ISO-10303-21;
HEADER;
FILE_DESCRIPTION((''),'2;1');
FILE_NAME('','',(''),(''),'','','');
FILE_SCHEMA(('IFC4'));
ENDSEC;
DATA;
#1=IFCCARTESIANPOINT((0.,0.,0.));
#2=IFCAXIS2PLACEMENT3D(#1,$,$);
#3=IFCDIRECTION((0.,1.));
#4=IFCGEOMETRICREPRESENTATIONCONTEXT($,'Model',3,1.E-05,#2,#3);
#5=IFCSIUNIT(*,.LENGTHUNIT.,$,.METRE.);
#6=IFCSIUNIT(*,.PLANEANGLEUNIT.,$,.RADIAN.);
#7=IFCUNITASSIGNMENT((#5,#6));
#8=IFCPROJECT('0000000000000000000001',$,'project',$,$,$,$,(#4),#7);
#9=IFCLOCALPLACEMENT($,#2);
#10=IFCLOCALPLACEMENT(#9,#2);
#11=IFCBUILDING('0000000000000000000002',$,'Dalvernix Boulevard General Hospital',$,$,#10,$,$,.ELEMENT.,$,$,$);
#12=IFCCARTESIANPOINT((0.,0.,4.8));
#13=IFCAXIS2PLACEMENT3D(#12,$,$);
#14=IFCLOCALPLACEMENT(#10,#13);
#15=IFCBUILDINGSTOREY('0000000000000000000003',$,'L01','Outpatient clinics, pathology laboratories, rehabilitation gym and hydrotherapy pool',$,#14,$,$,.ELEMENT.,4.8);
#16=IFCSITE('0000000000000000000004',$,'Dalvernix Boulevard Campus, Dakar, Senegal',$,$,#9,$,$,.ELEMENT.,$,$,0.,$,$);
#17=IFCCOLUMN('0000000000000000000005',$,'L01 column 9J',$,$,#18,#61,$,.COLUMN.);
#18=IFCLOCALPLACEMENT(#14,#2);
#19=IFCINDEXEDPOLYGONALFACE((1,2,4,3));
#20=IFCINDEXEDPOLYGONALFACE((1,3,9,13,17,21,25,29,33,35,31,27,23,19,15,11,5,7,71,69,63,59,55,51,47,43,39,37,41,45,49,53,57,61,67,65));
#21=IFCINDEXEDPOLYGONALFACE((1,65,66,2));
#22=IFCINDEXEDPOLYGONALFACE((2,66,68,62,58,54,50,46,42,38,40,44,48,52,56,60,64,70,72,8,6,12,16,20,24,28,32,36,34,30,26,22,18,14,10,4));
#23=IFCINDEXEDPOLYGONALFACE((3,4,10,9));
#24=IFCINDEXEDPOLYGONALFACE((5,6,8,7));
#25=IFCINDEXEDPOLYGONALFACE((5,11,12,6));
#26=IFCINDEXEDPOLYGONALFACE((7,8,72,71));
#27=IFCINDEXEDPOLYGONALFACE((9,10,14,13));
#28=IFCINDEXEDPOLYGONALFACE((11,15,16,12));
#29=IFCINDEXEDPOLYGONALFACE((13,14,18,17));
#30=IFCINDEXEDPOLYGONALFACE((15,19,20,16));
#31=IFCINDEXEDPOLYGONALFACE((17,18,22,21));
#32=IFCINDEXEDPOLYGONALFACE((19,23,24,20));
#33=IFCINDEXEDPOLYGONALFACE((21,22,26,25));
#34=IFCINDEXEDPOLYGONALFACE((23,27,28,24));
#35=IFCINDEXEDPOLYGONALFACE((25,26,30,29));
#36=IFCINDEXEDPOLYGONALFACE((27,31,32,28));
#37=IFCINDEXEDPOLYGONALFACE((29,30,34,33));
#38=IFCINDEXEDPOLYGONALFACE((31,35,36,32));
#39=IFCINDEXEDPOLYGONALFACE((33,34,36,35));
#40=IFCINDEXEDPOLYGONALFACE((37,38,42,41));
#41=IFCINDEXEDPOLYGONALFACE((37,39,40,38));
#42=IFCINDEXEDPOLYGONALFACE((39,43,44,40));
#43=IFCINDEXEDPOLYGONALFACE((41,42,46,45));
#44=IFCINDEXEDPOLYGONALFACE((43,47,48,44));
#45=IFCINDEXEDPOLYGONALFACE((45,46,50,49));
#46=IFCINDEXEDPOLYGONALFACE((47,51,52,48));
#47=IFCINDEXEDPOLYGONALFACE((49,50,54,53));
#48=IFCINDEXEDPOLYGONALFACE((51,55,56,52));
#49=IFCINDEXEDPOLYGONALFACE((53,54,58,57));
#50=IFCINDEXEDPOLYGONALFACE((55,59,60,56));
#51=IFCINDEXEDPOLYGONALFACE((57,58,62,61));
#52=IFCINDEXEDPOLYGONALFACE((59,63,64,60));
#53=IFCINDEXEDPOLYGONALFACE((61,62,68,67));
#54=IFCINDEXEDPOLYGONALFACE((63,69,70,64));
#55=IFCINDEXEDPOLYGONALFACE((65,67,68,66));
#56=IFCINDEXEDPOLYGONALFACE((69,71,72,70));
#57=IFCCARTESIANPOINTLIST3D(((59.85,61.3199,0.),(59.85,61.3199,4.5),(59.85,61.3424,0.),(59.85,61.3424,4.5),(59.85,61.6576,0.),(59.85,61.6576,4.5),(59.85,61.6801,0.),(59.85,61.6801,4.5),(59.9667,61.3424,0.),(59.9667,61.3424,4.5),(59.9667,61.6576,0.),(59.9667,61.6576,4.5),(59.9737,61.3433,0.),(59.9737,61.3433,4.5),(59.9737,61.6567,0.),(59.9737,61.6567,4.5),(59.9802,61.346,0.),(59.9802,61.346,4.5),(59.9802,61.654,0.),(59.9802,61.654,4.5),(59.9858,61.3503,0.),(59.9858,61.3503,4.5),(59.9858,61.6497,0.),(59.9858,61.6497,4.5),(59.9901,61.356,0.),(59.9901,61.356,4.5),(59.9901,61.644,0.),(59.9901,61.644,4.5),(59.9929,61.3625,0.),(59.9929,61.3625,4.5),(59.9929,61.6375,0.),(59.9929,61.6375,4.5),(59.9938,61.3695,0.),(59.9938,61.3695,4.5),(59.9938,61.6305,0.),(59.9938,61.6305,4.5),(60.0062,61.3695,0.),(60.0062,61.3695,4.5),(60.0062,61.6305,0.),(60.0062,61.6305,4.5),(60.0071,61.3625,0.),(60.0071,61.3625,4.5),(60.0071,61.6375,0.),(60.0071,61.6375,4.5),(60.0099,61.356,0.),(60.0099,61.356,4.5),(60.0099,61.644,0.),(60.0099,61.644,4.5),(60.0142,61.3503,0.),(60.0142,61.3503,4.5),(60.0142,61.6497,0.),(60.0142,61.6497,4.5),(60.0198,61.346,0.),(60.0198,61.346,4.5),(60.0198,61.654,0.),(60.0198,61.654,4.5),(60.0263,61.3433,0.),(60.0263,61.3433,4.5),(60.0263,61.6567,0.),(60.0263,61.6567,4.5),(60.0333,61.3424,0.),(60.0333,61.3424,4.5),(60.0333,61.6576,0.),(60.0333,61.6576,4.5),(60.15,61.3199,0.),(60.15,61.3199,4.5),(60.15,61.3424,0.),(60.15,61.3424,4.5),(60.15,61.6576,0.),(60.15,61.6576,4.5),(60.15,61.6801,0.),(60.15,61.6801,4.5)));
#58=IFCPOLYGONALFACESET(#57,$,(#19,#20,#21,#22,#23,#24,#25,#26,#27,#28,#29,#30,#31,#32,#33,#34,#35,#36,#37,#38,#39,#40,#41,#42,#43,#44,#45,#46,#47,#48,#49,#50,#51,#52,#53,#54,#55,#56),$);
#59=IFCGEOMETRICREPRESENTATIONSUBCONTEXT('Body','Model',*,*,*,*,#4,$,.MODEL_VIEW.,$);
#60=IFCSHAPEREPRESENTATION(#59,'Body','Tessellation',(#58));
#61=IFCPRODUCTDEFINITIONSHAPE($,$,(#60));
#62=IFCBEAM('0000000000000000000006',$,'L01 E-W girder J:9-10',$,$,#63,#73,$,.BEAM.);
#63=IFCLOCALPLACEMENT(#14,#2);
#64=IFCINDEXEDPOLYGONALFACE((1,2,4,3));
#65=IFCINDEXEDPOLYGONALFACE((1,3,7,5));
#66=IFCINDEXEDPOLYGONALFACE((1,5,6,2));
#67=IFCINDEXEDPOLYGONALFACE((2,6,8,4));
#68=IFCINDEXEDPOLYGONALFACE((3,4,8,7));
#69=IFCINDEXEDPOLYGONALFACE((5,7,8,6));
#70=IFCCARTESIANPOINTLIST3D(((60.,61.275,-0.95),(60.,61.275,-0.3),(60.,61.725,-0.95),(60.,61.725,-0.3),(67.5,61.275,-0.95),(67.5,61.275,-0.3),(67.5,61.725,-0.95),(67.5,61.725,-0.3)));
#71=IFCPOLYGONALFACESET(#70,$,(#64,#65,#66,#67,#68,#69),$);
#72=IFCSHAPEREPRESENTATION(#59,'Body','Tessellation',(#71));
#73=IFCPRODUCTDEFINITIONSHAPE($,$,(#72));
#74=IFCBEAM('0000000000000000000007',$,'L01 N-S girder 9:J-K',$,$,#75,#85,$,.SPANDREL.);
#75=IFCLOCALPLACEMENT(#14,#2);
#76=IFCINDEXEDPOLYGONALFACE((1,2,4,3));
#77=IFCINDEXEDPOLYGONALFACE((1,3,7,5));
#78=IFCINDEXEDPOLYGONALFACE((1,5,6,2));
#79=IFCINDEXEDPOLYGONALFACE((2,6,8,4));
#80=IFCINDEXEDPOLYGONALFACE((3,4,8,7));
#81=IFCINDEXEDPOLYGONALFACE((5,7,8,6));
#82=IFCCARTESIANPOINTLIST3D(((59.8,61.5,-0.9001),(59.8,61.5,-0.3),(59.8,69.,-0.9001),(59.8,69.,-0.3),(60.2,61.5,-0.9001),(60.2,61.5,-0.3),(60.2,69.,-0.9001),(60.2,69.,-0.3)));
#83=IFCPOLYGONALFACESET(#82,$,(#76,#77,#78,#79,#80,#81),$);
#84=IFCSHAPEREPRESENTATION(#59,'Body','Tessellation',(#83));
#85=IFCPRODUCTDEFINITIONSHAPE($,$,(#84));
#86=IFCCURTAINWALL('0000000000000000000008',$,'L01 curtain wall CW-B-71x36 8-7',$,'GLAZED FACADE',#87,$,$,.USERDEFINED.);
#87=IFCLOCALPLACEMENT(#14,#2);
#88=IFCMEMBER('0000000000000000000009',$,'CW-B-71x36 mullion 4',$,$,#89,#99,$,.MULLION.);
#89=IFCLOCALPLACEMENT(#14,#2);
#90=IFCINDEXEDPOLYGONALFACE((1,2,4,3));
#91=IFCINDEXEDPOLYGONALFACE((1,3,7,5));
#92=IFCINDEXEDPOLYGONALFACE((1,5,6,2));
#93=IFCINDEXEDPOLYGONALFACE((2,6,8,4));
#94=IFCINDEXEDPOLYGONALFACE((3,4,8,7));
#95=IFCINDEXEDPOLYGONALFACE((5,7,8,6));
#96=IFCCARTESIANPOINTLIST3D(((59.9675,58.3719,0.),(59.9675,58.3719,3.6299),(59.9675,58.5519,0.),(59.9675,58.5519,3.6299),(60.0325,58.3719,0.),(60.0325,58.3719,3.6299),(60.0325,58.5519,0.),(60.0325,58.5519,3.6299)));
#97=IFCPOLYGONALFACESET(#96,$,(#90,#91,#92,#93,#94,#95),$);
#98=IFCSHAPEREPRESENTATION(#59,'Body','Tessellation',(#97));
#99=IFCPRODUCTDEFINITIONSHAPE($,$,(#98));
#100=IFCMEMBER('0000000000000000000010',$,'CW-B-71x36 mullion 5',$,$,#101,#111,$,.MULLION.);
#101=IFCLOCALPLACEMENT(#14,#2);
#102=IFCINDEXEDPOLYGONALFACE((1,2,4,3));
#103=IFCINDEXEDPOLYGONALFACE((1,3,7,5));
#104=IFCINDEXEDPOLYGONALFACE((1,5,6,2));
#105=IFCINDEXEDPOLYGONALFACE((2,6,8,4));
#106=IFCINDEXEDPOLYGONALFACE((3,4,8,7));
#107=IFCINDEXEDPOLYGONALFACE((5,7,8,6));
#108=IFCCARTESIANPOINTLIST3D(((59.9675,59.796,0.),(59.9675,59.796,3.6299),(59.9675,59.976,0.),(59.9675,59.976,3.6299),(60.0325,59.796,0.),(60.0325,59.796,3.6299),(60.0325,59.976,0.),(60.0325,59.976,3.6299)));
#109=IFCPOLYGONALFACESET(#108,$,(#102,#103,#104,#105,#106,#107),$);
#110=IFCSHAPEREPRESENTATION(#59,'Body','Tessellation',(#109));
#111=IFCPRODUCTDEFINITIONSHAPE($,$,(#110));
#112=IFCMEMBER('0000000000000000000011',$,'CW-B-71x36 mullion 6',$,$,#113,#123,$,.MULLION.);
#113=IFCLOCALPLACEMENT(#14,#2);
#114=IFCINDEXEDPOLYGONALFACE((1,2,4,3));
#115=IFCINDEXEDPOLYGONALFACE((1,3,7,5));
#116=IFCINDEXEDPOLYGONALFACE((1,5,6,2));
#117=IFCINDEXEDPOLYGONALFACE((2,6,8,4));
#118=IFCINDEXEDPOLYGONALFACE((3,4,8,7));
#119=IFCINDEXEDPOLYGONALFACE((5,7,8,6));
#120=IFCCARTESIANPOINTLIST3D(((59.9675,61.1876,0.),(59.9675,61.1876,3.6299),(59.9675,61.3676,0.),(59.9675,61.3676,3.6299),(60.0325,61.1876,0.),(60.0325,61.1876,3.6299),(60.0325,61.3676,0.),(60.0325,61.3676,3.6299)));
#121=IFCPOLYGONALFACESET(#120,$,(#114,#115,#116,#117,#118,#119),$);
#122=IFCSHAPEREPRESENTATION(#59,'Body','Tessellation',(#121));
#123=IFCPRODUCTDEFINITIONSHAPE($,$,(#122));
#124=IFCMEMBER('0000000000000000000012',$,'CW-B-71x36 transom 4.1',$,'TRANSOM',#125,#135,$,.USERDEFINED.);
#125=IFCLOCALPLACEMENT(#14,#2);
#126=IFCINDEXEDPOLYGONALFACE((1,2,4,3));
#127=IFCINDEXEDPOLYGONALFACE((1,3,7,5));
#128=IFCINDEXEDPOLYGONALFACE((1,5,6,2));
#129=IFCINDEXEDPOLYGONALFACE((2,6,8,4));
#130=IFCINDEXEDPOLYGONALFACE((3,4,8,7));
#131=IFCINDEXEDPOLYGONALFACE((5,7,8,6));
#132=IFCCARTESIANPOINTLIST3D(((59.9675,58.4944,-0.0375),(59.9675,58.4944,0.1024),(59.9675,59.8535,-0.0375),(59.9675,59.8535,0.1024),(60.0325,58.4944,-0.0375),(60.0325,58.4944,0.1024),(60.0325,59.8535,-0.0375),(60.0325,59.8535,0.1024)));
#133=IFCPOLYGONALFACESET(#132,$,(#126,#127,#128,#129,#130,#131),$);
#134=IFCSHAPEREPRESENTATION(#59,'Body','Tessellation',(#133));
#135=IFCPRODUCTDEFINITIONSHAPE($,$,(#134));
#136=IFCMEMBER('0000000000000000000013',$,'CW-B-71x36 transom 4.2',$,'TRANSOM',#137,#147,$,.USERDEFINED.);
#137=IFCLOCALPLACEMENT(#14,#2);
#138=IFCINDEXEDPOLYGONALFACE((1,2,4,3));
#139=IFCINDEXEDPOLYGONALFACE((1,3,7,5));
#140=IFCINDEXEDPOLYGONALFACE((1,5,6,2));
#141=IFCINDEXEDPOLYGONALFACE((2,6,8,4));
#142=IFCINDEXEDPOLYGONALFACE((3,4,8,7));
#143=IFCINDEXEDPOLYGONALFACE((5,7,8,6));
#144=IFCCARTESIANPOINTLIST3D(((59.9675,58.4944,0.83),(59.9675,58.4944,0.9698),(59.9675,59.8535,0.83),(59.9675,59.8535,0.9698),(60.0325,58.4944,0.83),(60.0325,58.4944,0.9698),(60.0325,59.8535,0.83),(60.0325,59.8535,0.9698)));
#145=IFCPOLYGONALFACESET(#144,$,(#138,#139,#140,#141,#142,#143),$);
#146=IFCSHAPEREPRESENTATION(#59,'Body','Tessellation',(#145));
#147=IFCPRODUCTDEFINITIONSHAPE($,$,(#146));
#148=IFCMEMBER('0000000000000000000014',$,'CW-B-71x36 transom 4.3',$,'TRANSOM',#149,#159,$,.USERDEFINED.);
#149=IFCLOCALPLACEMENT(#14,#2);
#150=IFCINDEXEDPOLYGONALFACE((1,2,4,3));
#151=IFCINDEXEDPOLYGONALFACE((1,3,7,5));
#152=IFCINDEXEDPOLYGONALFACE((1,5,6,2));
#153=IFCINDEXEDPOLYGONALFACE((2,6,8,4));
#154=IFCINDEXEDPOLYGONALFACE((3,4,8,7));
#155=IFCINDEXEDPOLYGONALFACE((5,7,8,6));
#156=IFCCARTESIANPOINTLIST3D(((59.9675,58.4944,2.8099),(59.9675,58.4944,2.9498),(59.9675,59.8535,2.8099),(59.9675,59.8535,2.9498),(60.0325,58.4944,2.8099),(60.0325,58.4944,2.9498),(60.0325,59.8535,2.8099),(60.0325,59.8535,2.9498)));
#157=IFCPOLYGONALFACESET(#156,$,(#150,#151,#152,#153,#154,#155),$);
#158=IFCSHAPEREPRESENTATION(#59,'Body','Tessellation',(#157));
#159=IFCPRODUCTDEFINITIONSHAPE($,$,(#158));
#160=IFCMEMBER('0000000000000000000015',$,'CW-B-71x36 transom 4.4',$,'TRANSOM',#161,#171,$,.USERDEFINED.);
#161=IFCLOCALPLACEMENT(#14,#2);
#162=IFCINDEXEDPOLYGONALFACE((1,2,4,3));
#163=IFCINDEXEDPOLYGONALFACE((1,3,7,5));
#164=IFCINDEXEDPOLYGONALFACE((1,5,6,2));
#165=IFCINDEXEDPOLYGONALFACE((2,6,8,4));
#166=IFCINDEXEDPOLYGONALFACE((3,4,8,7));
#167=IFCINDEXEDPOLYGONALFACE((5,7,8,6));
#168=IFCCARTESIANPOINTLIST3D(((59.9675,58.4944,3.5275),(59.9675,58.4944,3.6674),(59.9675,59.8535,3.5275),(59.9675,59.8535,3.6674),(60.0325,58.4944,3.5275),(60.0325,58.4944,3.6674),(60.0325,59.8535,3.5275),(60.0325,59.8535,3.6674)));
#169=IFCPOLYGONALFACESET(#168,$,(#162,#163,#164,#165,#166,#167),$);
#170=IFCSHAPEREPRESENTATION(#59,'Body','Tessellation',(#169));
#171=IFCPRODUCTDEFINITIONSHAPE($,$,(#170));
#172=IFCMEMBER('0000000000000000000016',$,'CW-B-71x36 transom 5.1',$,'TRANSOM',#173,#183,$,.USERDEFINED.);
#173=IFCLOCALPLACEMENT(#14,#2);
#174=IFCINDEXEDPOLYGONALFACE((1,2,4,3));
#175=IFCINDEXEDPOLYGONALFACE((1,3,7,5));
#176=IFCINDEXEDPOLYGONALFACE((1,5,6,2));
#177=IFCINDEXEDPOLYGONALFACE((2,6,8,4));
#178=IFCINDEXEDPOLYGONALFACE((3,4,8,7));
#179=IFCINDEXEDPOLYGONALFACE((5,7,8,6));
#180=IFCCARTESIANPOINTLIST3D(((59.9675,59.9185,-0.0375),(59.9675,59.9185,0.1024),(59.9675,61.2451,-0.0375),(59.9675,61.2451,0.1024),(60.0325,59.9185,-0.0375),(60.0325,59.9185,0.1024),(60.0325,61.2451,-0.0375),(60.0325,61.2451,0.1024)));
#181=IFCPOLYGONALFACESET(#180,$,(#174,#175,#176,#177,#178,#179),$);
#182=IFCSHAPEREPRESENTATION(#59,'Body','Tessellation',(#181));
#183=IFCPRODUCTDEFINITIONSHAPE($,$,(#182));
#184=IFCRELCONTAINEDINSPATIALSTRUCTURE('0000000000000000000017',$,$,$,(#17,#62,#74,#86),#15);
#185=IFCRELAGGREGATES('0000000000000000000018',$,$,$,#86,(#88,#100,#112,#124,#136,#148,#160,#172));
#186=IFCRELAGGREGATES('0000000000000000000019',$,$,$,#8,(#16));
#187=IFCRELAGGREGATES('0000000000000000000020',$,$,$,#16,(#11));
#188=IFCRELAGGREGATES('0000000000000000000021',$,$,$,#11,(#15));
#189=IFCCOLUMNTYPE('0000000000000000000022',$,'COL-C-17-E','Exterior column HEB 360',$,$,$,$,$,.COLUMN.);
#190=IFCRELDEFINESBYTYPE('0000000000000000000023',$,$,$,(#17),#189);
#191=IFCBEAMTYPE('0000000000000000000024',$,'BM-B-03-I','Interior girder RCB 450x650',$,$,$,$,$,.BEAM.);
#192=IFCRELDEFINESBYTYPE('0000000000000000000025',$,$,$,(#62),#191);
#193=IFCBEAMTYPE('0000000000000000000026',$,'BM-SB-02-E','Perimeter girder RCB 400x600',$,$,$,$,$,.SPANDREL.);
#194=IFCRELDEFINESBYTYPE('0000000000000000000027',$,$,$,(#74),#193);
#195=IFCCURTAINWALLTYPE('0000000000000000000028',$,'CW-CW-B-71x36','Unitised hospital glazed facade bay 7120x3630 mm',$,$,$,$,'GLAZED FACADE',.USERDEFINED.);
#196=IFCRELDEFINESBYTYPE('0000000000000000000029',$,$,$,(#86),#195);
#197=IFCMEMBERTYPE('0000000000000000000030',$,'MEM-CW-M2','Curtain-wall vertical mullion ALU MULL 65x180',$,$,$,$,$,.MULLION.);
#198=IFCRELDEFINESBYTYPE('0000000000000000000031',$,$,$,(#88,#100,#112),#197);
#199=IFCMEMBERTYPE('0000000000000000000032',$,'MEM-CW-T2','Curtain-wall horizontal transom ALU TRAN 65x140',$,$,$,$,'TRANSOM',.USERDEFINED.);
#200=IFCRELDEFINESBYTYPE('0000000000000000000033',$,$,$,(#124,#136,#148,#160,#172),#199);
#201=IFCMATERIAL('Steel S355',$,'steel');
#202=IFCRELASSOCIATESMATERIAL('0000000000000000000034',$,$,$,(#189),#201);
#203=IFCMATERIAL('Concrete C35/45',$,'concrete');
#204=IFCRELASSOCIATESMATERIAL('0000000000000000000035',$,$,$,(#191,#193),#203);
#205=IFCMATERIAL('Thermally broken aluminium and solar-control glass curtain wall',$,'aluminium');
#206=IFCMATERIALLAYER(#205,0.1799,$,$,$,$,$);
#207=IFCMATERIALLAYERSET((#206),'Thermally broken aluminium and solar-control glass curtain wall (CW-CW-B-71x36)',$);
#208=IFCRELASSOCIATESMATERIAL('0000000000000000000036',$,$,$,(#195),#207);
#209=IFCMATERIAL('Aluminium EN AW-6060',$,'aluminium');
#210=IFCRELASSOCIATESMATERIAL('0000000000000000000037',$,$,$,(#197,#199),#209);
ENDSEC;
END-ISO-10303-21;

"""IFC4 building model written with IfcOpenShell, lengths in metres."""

from ifc_helpers import new_model, si_unit, direction, frame, origin, origin_2d, place, context, subcontext, project, spatial, rectangle, i_section, extrude, material, layer, layer_set, material_profile, profile_set, type_object, element, aggregate, save


model = new_model("IFC4")

# Units and contexts
model_context = context("Model", 3, precision=1e-05, world=origin(), true_north=direction((0.0, 1.0)))
body_context = subcontext(model_context, "Body", "Model", "MODEL_VIEW")
ifc_project = project(units=[si_unit("LENGTHUNIT", "METRE"), si_unit("PLANEANGLEUNIT", "RADIAN")], contexts=[model_context])

# Site, building, storey
site_placement = place(None, origin())
site = spatial("IfcSite", under=ifc_project, at=site_placement, Name="Dalvernix Boulevard Campus, Dakar, Senegal", CompositionType="ELEMENT", RefElevation=0.0)
building_placement = place(site_placement, origin())
building = spatial("IfcBuilding", under=site, at=building_placement, Name="Dalvernix Boulevard General Hospital", CompositionType="ELEMENT")
storey_placement = place(building_placement, frame((0.0, 0.0, 4.8)))
storey = spatial("IfcBuildingStorey", under=building, at=storey_placement, Name="L01", Description="Outpatient clinics, pathology laboratories, rehabilitation gym and hydrotherapy pool", CompositionType="ELEMENT", Elevation=4.8)

# Column
ifc_material_1 = material(Name="Steel S355", Category="steel")
ifc_material_profile_1 = material_profile(ifc_material_1, i_section(OverallWidth=0.3, OverallDepth=0.3601, WebThickness=0.0125, FlangeThickness=0.0225, FilletRadius=0.0271, at=origin_2d()), Name="HEB 360")
ifc_profile_set_1 = profile_set([ifc_material_profile_1], Name="Steel S355")
column_type = type_object("IfcColumnType", Name="COL-C-17-E", Description="Exterior column HEB 360", PredefinedType="COLUMN", material=ifc_profile_set_1)
column_placement = place(storey_placement, frame((60.0, 61.5, 0.0), z_axis=(0.0, 0.0, 1.0), x_axis=(1.0, 0.0, 0.0)))
element("IfcColumn", 1, at=column_placement, inside=storey, type_object=column_type, Name="L01 column 9J", PredefinedType="COLUMN", context=body_context, shape_type="SweptSolid", body=[
    extrude(i_section(OverallWidth=0.3, OverallDepth=0.3601, WebThickness=0.0125, FlangeThickness=0.0225, FilletRadius=0.0271, at=origin_2d()), origin(), (0.0, 0.0, 1.0), 4.5),
])

# Beams
ifc_material_2 = material(Name="Concrete C35/45", Category="concrete")
ifc_material_profile_2 = material_profile(ifc_material_2, rectangle(XDim=0.45, YDim=0.6499, at=origin_2d()), Name="RCB 450x650")
ifc_profile_set_2 = profile_set([ifc_material_profile_2], Name="Concrete C35/45")
beam_type_1 = type_object("IfcBeamType", Name="BM-B-03-I", Description="Interior girder RCB 450x650", PredefinedType="BEAM", material=ifc_profile_set_2)
beam_1_placement = place(storey_placement, frame((60.0, 61.5, -0.625), z_axis=(1.0, 0.0, 0.0), x_axis=(0.0, 1.0, 0.0)))
element("IfcBeam", 2, at=beam_1_placement, inside=storey, type_object=beam_type_1, Name="L01 E-W girder J:9-10", PredefinedType="BEAM", context=body_context, shape_type="SweptSolid", body=[
    extrude(rectangle(XDim=0.45, YDim=0.6499, at=origin_2d()), origin(), (0.0, 0.0, 1.0), 7.5),
])
ifc_material_profile_3 = material_profile(ifc_material_2, rectangle(XDim=0.3999, YDim=0.6001, at=origin_2d()), Name="RCB 400x600")
ifc_profile_set_3 = profile_set([ifc_material_profile_3], Name="Concrete C35/45")
beam_type_2 = type_object("IfcBeamType", Name="BM-SB-02-E", Description="Perimeter girder RCB 400x600", PredefinedType="SPANDREL", material=ifc_profile_set_3)
beam_2_placement = place(storey_placement, frame((60.0, 61.5, -0.6001), z_axis=(0.0, 1.0, 0.0), x_axis=(-1.0, 0.0, 0.0)))
element("IfcBeam", 3, at=beam_2_placement, inside=storey, type_object=beam_type_2, Name="L01 N-S girder 9:J-K", PredefinedType="SPANDREL", context=body_context, shape_type="SweptSolid", body=[
    extrude(rectangle(XDim=0.3999, YDim=0.6001, at=origin_2d()), origin(), (0.0, 0.0, 1.0), 7.5),
])

# Curtain wall, members
ifc_material_3 = material(Name="Thermally broken aluminium and solar-control glass curtain wall", Category="aluminium")
ifc_layer_1 = layer(ifc_material_3, 0.1799)
ifc_layer_set_1 = layer_set([ifc_layer_1], Name="Thermally broken aluminium and solar-control glass curtain wall (CW-CW-B-71x36)")
curtain_wall_type = type_object("IfcCurtainWallType", Name="CW-CW-B-71x36", Description="Unitised hospital glazed facade bay 7120x3630 mm", ElementType="GLAZED FACADE", PredefinedType="USERDEFINED", material=ifc_layer_set_1)
curtain_wall_placement = place(storey_placement, origin())
curtain_wall = element("IfcCurtainWall", 4, at=curtain_wall_placement, inside=storey, type_object=curtain_wall_type, Name="L01 curtain wall CW-B-71x36 8-7", ObjectType="GLAZED FACADE", PredefinedType="USERDEFINED")
ifc_material_4 = material(Name="Aluminium EN AW-6060", Category="aluminium")
ifc_material_profile_4 = material_profile(ifc_material_4, rectangle(XDim=0.0649, YDim=0.1799, at=origin_2d()), Name="ALU MULL 65x180")
ifc_profile_set_4 = profile_set([ifc_material_profile_4], Name="Aluminium EN AW-6060")
member_type_1 = type_object("IfcMemberType", Name="MEM-CW-M2", Description="Curtain-wall vertical mullion ALU MULL 65x180", PredefinedType="MULLION", material=ifc_profile_set_4)
member_1_placement = place(storey_placement, frame((60.0, 58.4619, 0.0), z_axis=(0.0, 0.0, 1.0), x_axis=(-1.0, 0.0, 0.0)))
member_1 = element("IfcMember", 5, at=member_1_placement, type_object=member_type_1, Name="CW-B-71x36 mullion 4", PredefinedType="MULLION", context=body_context, shape_type="SweptSolid", body=[
    extrude(rectangle(XDim=0.0649, YDim=0.1799, at=origin_2d()), origin(), (0.0, 0.0, 1.0), 3.6299),
])
member_2_placement = place(storey_placement, frame((60.0, 59.886, 0.0), z_axis=(0.0, 0.0, 1.0), x_axis=(-1.0, 0.0, 0.0)))
member_2 = element("IfcMember", 6, at=member_2_placement, type_object=member_type_1, Name="CW-B-71x36 mullion 5", PredefinedType="MULLION", context=body_context, shape_type="SweptSolid", body=[
    extrude(rectangle(XDim=0.0649, YDim=0.1799, at=origin_2d()), origin(), (0.0, 0.0, 1.0), 3.6299),
])
member_3_placement = place(storey_placement, frame((60.0, 61.2776, 0.0), z_axis=(0.0, 0.0, 1.0), x_axis=(-1.0, 0.0, 0.0)))
member_3 = element("IfcMember", 7, at=member_3_placement, type_object=member_type_1, Name="CW-B-71x36 mullion 6", PredefinedType="MULLION", context=body_context, shape_type="SweptSolid", body=[
    extrude(rectangle(XDim=0.0649, YDim=0.1799, at=origin_2d()), origin(), (0.0, 0.0, 1.0), 3.6299),
])
ifc_material_profile_5 = material_profile(ifc_material_4, rectangle(XDim=0.0649, YDim=0.1399, at=origin_2d()), Name="ALU TRAN 65x140")
ifc_profile_set_5 = profile_set([ifc_material_profile_5], Name="Aluminium EN AW-6060")
member_type_2 = type_object("IfcMemberType", Name="MEM-CW-T2", Description="Curtain-wall horizontal transom ALU TRAN 65x140", ElementType="TRANSOM", PredefinedType="USERDEFINED", material=ifc_profile_set_5)
member_4_placement = place(storey_placement, frame((60.0, 58.4944, 0.0325), z_axis=(0.0, 1.0, 0.0), x_axis=(-1.0, 0.0, 0.0)))
member_4 = element("IfcMember", 8, at=member_4_placement, type_object=member_type_2, Name="CW-B-71x36 transom 4.1", ObjectType="TRANSOM", PredefinedType="USERDEFINED", context=body_context, shape_type="SweptSolid", body=[
    extrude(rectangle(XDim=0.0649, YDim=0.1399, at=origin_2d()), origin(), (0.0, 0.0, 1.0), 1.3591),
])
member_5_placement = place(storey_placement, frame((60.0, 58.4944, 0.8999), z_axis=(0.0, 1.0, 0.0), x_axis=(-1.0, 0.0, 0.0)))
member_5 = element("IfcMember", 9, at=member_5_placement, type_object=member_type_2, Name="CW-B-71x36 transom 4.2", ObjectType="TRANSOM", PredefinedType="USERDEFINED", context=body_context, shape_type="SweptSolid", body=[
    extrude(rectangle(XDim=0.0649, YDim=0.1399, at=origin_2d()), origin(), (0.0, 0.0, 1.0), 1.3591),
])
member_6_placement = place(storey_placement, frame((60.0, 58.4944, 2.8799), z_axis=(0.0, 1.0, 0.0), x_axis=(-1.0, 0.0, 0.0)))
member_6 = element("IfcMember", 10, at=member_6_placement, type_object=member_type_2, Name="CW-B-71x36 transom 4.3", ObjectType="TRANSOM", PredefinedType="USERDEFINED", context=body_context, shape_type="SweptSolid", body=[
    extrude(rectangle(XDim=0.0649, YDim=0.1399, at=origin_2d()), origin(), (0.0, 0.0, 1.0), 1.3591),
])
member_7_placement = place(storey_placement, frame((60.0, 58.4944, 3.5974), z_axis=(0.0, 1.0, 0.0), x_axis=(-1.0, 0.0, 0.0)))
member_7 = element("IfcMember", 11, at=member_7_placement, type_object=member_type_2, Name="CW-B-71x36 transom 4.4", ObjectType="TRANSOM", PredefinedType="USERDEFINED", context=body_context, shape_type="SweptSolid", body=[
    extrude(rectangle(XDim=0.0649, YDim=0.1399, at=origin_2d()), origin(), (0.0, 0.0, 1.0), 1.3591),
])
member_8_placement = place(storey_placement, frame((60.0, 59.9185, 0.0325), z_axis=(0.0, 1.0, 0.0), x_axis=(-1.0, 0.0, 0.0)))
member_8 = element("IfcMember", 12, at=member_8_placement, type_object=member_type_2, Name="CW-B-71x36 transom 5.1", ObjectType="TRANSOM", PredefinedType="USERDEFINED", context=body_context, shape_type="SweptSolid", body=[
    extrude(rectangle(XDim=0.0649, YDim=0.1399, at=origin_2d()), origin(), (0.0, 0.0, 1.0), 1.3267),
])
aggregate(curtain_wall, [member_1, member_2, member_3, member_4, member_5, member_6, member_7, member_8])

save(model, "model.ifc")
